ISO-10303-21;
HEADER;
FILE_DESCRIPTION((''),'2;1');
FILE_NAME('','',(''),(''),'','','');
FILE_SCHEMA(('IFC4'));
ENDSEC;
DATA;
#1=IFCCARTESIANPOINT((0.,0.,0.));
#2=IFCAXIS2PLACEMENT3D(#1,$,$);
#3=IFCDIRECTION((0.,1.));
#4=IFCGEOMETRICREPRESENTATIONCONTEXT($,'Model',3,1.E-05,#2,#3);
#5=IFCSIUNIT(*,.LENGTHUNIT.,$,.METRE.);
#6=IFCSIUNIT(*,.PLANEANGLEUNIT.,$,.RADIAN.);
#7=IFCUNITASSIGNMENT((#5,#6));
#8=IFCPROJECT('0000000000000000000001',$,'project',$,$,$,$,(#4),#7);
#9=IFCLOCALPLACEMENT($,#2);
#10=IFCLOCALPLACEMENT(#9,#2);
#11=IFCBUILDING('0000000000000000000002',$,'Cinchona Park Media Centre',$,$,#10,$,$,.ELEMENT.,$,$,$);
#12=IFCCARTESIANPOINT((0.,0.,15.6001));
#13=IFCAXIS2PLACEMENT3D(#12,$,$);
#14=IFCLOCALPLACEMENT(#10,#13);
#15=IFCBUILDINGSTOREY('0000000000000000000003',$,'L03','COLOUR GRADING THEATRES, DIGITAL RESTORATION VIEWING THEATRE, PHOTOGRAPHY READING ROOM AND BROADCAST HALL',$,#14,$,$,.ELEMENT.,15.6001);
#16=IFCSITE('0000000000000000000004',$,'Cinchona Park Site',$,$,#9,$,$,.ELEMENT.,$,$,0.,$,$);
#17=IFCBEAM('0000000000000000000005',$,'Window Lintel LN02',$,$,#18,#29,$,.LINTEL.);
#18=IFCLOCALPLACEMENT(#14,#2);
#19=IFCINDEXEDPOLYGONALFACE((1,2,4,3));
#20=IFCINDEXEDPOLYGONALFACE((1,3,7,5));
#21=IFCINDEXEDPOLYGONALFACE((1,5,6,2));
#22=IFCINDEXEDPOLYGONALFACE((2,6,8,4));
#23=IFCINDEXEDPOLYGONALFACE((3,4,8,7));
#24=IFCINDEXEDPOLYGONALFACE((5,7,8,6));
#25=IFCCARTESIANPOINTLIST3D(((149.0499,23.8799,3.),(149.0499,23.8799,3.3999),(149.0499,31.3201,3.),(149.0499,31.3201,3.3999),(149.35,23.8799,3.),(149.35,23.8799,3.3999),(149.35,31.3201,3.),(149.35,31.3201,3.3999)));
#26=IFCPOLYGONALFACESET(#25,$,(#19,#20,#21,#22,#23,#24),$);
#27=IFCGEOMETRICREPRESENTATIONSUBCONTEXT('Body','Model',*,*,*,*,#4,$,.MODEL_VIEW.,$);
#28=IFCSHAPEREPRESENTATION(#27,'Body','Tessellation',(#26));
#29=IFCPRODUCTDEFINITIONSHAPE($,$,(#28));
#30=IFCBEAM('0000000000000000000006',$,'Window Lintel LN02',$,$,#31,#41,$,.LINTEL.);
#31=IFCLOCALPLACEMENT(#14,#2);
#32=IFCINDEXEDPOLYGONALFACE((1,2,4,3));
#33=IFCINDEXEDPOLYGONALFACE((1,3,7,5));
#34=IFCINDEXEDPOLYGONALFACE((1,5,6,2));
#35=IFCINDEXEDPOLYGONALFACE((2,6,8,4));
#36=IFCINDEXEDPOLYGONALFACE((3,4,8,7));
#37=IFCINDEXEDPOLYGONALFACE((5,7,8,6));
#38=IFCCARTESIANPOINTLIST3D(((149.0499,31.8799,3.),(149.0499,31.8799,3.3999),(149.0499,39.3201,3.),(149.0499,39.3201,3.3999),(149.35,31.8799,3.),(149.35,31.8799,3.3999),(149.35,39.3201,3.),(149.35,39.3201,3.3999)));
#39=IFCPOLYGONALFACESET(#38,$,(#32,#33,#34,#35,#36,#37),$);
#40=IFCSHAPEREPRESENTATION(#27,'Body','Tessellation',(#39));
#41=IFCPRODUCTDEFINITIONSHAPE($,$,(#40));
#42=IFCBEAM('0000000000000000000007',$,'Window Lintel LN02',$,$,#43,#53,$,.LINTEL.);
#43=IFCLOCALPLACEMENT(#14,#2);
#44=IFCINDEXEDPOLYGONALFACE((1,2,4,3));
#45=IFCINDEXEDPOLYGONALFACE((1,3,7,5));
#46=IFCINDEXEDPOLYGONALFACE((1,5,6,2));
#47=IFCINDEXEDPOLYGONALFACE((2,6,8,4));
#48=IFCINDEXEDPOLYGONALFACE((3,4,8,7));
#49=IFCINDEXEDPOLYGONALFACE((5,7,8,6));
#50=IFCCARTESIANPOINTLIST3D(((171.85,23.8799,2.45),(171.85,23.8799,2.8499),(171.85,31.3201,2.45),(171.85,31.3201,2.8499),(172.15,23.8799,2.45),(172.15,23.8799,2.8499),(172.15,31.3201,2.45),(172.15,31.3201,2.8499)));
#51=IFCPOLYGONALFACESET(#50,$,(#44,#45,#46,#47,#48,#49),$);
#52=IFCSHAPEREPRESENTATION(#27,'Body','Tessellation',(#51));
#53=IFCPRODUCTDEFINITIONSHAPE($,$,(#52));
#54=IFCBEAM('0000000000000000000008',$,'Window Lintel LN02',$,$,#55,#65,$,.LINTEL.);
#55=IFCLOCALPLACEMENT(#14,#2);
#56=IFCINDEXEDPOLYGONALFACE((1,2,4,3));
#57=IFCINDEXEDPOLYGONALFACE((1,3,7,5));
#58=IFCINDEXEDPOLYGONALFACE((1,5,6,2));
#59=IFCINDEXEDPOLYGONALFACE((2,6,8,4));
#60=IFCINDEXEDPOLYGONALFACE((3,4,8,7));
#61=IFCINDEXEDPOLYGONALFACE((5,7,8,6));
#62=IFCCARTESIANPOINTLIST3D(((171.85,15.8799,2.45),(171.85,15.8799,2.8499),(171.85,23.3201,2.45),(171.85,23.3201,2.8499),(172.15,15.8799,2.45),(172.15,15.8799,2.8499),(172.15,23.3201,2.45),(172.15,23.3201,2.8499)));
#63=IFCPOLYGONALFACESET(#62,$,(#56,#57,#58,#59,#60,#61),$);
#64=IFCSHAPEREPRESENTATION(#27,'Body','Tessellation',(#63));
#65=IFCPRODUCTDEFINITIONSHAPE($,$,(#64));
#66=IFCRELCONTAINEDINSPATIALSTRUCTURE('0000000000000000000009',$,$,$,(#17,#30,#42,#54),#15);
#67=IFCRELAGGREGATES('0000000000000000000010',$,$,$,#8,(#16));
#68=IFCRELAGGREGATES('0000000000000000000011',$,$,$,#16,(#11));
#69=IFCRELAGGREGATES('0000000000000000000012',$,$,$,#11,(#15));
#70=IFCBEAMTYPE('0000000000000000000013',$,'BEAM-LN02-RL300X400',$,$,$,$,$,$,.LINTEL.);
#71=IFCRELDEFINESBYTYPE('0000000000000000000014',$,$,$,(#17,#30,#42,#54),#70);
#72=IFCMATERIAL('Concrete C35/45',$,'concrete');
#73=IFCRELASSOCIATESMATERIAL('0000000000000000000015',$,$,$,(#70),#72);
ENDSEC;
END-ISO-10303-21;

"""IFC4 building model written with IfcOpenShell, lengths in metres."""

from ifc_helpers import new_model, si_unit, direction, frame, origin, origin_2d, place, context, subcontext, project, spatial, rectangle, extrude, material, material_profile, profile_set, type_object, element, save


model = new_model("IFC4")

# Units and contexts
model_context = context("Model", 3, precision=1e-05, world=origin(), true_north=direction((0.0, 1.0)))
body_context = subcontext(model_context, "Body", "Model", "MODEL_VIEW")
ifc_project = project(units=[si_unit("LENGTHUNIT", "METRE"), si_unit("PLANEANGLEUNIT", "RADIAN")], contexts=[model_context])

# Site, building, storey
site_placement = place(None, origin())
site = spatial("IfcSite", under=ifc_project, at=site_placement, Name="Cinchona Park Site", CompositionType="ELEMENT", RefElevation=0.0)
building_placement = place(site_placement, origin())
building = spatial("IfcBuilding", under=site, at=building_placement, Name="Cinchona Park Media Centre", CompositionType="ELEMENT")
storey_placement = place(building_placement, frame((0.0, 0.0, 15.6001)))
storey = spatial("IfcBuildingStorey", under=building, at=storey_placement, Name="L03", Description="COLOUR GRADING THEATRES, DIGITAL RESTORATION VIEWING THEATRE, PHOTOGRAPHY READING ROOM AND BROADCAST HALL", CompositionType="ELEMENT", Elevation=15.6001)

# Beams
ifc_material_1 = material(Name="Concrete C35/45", Category="concrete")
ifc_material_profile_1 = material_profile(ifc_material_1, rectangle(XDim=0.3, YDim=0.3999, at=origin_2d()), Name="RL 300X400")
ifc_profile_set_1 = profile_set([ifc_material_profile_1], Name="Concrete C35/45")
beam_type_1 = type_object("IfcBeamType", Name="BEAM-LN02-RL300X400", PredefinedType="LINTEL", material=ifc_profile_set_1)
for number, where, z_axis, x_axis, name in (
    (1, (149.2, 23.8799, 3.2), (0.0, 1.0, 0.0), (-1.0, 0.0, 0.0), "Window Lintel LN02"),
    (2, (149.2, 31.8799, 3.2), (0.0, 1.0, 0.0), (-1.0, 0.0, 0.0), "Window Lintel LN02"),
    (3, (172.0, 31.3201, 2.6499), (0.0, -1.0, 0.0), (1.0, 0.0, 0.0), "Window Lintel LN02"),
    (4, (172.0, 23.3201, 2.6499), (0.0, -1.0, 0.0), (1.0, 0.0, 0.0), "Window Lintel LN02"),
):
    element("IfcBeam", number, at=place(storey_placement, frame(where, z_axis=z_axis, x_axis=x_axis)), inside=storey, type_object=beam_type_1, Name=name, PredefinedType="LINTEL", context=body_context, shape_type="SweptSolid", body=[
        extrude(rectangle(XDim=0.3, YDim=0.3999, at=origin_2d()), origin(), (0.0, 0.0, 1.0), 7.4402),
    ])

save(model, "model.ifc")
